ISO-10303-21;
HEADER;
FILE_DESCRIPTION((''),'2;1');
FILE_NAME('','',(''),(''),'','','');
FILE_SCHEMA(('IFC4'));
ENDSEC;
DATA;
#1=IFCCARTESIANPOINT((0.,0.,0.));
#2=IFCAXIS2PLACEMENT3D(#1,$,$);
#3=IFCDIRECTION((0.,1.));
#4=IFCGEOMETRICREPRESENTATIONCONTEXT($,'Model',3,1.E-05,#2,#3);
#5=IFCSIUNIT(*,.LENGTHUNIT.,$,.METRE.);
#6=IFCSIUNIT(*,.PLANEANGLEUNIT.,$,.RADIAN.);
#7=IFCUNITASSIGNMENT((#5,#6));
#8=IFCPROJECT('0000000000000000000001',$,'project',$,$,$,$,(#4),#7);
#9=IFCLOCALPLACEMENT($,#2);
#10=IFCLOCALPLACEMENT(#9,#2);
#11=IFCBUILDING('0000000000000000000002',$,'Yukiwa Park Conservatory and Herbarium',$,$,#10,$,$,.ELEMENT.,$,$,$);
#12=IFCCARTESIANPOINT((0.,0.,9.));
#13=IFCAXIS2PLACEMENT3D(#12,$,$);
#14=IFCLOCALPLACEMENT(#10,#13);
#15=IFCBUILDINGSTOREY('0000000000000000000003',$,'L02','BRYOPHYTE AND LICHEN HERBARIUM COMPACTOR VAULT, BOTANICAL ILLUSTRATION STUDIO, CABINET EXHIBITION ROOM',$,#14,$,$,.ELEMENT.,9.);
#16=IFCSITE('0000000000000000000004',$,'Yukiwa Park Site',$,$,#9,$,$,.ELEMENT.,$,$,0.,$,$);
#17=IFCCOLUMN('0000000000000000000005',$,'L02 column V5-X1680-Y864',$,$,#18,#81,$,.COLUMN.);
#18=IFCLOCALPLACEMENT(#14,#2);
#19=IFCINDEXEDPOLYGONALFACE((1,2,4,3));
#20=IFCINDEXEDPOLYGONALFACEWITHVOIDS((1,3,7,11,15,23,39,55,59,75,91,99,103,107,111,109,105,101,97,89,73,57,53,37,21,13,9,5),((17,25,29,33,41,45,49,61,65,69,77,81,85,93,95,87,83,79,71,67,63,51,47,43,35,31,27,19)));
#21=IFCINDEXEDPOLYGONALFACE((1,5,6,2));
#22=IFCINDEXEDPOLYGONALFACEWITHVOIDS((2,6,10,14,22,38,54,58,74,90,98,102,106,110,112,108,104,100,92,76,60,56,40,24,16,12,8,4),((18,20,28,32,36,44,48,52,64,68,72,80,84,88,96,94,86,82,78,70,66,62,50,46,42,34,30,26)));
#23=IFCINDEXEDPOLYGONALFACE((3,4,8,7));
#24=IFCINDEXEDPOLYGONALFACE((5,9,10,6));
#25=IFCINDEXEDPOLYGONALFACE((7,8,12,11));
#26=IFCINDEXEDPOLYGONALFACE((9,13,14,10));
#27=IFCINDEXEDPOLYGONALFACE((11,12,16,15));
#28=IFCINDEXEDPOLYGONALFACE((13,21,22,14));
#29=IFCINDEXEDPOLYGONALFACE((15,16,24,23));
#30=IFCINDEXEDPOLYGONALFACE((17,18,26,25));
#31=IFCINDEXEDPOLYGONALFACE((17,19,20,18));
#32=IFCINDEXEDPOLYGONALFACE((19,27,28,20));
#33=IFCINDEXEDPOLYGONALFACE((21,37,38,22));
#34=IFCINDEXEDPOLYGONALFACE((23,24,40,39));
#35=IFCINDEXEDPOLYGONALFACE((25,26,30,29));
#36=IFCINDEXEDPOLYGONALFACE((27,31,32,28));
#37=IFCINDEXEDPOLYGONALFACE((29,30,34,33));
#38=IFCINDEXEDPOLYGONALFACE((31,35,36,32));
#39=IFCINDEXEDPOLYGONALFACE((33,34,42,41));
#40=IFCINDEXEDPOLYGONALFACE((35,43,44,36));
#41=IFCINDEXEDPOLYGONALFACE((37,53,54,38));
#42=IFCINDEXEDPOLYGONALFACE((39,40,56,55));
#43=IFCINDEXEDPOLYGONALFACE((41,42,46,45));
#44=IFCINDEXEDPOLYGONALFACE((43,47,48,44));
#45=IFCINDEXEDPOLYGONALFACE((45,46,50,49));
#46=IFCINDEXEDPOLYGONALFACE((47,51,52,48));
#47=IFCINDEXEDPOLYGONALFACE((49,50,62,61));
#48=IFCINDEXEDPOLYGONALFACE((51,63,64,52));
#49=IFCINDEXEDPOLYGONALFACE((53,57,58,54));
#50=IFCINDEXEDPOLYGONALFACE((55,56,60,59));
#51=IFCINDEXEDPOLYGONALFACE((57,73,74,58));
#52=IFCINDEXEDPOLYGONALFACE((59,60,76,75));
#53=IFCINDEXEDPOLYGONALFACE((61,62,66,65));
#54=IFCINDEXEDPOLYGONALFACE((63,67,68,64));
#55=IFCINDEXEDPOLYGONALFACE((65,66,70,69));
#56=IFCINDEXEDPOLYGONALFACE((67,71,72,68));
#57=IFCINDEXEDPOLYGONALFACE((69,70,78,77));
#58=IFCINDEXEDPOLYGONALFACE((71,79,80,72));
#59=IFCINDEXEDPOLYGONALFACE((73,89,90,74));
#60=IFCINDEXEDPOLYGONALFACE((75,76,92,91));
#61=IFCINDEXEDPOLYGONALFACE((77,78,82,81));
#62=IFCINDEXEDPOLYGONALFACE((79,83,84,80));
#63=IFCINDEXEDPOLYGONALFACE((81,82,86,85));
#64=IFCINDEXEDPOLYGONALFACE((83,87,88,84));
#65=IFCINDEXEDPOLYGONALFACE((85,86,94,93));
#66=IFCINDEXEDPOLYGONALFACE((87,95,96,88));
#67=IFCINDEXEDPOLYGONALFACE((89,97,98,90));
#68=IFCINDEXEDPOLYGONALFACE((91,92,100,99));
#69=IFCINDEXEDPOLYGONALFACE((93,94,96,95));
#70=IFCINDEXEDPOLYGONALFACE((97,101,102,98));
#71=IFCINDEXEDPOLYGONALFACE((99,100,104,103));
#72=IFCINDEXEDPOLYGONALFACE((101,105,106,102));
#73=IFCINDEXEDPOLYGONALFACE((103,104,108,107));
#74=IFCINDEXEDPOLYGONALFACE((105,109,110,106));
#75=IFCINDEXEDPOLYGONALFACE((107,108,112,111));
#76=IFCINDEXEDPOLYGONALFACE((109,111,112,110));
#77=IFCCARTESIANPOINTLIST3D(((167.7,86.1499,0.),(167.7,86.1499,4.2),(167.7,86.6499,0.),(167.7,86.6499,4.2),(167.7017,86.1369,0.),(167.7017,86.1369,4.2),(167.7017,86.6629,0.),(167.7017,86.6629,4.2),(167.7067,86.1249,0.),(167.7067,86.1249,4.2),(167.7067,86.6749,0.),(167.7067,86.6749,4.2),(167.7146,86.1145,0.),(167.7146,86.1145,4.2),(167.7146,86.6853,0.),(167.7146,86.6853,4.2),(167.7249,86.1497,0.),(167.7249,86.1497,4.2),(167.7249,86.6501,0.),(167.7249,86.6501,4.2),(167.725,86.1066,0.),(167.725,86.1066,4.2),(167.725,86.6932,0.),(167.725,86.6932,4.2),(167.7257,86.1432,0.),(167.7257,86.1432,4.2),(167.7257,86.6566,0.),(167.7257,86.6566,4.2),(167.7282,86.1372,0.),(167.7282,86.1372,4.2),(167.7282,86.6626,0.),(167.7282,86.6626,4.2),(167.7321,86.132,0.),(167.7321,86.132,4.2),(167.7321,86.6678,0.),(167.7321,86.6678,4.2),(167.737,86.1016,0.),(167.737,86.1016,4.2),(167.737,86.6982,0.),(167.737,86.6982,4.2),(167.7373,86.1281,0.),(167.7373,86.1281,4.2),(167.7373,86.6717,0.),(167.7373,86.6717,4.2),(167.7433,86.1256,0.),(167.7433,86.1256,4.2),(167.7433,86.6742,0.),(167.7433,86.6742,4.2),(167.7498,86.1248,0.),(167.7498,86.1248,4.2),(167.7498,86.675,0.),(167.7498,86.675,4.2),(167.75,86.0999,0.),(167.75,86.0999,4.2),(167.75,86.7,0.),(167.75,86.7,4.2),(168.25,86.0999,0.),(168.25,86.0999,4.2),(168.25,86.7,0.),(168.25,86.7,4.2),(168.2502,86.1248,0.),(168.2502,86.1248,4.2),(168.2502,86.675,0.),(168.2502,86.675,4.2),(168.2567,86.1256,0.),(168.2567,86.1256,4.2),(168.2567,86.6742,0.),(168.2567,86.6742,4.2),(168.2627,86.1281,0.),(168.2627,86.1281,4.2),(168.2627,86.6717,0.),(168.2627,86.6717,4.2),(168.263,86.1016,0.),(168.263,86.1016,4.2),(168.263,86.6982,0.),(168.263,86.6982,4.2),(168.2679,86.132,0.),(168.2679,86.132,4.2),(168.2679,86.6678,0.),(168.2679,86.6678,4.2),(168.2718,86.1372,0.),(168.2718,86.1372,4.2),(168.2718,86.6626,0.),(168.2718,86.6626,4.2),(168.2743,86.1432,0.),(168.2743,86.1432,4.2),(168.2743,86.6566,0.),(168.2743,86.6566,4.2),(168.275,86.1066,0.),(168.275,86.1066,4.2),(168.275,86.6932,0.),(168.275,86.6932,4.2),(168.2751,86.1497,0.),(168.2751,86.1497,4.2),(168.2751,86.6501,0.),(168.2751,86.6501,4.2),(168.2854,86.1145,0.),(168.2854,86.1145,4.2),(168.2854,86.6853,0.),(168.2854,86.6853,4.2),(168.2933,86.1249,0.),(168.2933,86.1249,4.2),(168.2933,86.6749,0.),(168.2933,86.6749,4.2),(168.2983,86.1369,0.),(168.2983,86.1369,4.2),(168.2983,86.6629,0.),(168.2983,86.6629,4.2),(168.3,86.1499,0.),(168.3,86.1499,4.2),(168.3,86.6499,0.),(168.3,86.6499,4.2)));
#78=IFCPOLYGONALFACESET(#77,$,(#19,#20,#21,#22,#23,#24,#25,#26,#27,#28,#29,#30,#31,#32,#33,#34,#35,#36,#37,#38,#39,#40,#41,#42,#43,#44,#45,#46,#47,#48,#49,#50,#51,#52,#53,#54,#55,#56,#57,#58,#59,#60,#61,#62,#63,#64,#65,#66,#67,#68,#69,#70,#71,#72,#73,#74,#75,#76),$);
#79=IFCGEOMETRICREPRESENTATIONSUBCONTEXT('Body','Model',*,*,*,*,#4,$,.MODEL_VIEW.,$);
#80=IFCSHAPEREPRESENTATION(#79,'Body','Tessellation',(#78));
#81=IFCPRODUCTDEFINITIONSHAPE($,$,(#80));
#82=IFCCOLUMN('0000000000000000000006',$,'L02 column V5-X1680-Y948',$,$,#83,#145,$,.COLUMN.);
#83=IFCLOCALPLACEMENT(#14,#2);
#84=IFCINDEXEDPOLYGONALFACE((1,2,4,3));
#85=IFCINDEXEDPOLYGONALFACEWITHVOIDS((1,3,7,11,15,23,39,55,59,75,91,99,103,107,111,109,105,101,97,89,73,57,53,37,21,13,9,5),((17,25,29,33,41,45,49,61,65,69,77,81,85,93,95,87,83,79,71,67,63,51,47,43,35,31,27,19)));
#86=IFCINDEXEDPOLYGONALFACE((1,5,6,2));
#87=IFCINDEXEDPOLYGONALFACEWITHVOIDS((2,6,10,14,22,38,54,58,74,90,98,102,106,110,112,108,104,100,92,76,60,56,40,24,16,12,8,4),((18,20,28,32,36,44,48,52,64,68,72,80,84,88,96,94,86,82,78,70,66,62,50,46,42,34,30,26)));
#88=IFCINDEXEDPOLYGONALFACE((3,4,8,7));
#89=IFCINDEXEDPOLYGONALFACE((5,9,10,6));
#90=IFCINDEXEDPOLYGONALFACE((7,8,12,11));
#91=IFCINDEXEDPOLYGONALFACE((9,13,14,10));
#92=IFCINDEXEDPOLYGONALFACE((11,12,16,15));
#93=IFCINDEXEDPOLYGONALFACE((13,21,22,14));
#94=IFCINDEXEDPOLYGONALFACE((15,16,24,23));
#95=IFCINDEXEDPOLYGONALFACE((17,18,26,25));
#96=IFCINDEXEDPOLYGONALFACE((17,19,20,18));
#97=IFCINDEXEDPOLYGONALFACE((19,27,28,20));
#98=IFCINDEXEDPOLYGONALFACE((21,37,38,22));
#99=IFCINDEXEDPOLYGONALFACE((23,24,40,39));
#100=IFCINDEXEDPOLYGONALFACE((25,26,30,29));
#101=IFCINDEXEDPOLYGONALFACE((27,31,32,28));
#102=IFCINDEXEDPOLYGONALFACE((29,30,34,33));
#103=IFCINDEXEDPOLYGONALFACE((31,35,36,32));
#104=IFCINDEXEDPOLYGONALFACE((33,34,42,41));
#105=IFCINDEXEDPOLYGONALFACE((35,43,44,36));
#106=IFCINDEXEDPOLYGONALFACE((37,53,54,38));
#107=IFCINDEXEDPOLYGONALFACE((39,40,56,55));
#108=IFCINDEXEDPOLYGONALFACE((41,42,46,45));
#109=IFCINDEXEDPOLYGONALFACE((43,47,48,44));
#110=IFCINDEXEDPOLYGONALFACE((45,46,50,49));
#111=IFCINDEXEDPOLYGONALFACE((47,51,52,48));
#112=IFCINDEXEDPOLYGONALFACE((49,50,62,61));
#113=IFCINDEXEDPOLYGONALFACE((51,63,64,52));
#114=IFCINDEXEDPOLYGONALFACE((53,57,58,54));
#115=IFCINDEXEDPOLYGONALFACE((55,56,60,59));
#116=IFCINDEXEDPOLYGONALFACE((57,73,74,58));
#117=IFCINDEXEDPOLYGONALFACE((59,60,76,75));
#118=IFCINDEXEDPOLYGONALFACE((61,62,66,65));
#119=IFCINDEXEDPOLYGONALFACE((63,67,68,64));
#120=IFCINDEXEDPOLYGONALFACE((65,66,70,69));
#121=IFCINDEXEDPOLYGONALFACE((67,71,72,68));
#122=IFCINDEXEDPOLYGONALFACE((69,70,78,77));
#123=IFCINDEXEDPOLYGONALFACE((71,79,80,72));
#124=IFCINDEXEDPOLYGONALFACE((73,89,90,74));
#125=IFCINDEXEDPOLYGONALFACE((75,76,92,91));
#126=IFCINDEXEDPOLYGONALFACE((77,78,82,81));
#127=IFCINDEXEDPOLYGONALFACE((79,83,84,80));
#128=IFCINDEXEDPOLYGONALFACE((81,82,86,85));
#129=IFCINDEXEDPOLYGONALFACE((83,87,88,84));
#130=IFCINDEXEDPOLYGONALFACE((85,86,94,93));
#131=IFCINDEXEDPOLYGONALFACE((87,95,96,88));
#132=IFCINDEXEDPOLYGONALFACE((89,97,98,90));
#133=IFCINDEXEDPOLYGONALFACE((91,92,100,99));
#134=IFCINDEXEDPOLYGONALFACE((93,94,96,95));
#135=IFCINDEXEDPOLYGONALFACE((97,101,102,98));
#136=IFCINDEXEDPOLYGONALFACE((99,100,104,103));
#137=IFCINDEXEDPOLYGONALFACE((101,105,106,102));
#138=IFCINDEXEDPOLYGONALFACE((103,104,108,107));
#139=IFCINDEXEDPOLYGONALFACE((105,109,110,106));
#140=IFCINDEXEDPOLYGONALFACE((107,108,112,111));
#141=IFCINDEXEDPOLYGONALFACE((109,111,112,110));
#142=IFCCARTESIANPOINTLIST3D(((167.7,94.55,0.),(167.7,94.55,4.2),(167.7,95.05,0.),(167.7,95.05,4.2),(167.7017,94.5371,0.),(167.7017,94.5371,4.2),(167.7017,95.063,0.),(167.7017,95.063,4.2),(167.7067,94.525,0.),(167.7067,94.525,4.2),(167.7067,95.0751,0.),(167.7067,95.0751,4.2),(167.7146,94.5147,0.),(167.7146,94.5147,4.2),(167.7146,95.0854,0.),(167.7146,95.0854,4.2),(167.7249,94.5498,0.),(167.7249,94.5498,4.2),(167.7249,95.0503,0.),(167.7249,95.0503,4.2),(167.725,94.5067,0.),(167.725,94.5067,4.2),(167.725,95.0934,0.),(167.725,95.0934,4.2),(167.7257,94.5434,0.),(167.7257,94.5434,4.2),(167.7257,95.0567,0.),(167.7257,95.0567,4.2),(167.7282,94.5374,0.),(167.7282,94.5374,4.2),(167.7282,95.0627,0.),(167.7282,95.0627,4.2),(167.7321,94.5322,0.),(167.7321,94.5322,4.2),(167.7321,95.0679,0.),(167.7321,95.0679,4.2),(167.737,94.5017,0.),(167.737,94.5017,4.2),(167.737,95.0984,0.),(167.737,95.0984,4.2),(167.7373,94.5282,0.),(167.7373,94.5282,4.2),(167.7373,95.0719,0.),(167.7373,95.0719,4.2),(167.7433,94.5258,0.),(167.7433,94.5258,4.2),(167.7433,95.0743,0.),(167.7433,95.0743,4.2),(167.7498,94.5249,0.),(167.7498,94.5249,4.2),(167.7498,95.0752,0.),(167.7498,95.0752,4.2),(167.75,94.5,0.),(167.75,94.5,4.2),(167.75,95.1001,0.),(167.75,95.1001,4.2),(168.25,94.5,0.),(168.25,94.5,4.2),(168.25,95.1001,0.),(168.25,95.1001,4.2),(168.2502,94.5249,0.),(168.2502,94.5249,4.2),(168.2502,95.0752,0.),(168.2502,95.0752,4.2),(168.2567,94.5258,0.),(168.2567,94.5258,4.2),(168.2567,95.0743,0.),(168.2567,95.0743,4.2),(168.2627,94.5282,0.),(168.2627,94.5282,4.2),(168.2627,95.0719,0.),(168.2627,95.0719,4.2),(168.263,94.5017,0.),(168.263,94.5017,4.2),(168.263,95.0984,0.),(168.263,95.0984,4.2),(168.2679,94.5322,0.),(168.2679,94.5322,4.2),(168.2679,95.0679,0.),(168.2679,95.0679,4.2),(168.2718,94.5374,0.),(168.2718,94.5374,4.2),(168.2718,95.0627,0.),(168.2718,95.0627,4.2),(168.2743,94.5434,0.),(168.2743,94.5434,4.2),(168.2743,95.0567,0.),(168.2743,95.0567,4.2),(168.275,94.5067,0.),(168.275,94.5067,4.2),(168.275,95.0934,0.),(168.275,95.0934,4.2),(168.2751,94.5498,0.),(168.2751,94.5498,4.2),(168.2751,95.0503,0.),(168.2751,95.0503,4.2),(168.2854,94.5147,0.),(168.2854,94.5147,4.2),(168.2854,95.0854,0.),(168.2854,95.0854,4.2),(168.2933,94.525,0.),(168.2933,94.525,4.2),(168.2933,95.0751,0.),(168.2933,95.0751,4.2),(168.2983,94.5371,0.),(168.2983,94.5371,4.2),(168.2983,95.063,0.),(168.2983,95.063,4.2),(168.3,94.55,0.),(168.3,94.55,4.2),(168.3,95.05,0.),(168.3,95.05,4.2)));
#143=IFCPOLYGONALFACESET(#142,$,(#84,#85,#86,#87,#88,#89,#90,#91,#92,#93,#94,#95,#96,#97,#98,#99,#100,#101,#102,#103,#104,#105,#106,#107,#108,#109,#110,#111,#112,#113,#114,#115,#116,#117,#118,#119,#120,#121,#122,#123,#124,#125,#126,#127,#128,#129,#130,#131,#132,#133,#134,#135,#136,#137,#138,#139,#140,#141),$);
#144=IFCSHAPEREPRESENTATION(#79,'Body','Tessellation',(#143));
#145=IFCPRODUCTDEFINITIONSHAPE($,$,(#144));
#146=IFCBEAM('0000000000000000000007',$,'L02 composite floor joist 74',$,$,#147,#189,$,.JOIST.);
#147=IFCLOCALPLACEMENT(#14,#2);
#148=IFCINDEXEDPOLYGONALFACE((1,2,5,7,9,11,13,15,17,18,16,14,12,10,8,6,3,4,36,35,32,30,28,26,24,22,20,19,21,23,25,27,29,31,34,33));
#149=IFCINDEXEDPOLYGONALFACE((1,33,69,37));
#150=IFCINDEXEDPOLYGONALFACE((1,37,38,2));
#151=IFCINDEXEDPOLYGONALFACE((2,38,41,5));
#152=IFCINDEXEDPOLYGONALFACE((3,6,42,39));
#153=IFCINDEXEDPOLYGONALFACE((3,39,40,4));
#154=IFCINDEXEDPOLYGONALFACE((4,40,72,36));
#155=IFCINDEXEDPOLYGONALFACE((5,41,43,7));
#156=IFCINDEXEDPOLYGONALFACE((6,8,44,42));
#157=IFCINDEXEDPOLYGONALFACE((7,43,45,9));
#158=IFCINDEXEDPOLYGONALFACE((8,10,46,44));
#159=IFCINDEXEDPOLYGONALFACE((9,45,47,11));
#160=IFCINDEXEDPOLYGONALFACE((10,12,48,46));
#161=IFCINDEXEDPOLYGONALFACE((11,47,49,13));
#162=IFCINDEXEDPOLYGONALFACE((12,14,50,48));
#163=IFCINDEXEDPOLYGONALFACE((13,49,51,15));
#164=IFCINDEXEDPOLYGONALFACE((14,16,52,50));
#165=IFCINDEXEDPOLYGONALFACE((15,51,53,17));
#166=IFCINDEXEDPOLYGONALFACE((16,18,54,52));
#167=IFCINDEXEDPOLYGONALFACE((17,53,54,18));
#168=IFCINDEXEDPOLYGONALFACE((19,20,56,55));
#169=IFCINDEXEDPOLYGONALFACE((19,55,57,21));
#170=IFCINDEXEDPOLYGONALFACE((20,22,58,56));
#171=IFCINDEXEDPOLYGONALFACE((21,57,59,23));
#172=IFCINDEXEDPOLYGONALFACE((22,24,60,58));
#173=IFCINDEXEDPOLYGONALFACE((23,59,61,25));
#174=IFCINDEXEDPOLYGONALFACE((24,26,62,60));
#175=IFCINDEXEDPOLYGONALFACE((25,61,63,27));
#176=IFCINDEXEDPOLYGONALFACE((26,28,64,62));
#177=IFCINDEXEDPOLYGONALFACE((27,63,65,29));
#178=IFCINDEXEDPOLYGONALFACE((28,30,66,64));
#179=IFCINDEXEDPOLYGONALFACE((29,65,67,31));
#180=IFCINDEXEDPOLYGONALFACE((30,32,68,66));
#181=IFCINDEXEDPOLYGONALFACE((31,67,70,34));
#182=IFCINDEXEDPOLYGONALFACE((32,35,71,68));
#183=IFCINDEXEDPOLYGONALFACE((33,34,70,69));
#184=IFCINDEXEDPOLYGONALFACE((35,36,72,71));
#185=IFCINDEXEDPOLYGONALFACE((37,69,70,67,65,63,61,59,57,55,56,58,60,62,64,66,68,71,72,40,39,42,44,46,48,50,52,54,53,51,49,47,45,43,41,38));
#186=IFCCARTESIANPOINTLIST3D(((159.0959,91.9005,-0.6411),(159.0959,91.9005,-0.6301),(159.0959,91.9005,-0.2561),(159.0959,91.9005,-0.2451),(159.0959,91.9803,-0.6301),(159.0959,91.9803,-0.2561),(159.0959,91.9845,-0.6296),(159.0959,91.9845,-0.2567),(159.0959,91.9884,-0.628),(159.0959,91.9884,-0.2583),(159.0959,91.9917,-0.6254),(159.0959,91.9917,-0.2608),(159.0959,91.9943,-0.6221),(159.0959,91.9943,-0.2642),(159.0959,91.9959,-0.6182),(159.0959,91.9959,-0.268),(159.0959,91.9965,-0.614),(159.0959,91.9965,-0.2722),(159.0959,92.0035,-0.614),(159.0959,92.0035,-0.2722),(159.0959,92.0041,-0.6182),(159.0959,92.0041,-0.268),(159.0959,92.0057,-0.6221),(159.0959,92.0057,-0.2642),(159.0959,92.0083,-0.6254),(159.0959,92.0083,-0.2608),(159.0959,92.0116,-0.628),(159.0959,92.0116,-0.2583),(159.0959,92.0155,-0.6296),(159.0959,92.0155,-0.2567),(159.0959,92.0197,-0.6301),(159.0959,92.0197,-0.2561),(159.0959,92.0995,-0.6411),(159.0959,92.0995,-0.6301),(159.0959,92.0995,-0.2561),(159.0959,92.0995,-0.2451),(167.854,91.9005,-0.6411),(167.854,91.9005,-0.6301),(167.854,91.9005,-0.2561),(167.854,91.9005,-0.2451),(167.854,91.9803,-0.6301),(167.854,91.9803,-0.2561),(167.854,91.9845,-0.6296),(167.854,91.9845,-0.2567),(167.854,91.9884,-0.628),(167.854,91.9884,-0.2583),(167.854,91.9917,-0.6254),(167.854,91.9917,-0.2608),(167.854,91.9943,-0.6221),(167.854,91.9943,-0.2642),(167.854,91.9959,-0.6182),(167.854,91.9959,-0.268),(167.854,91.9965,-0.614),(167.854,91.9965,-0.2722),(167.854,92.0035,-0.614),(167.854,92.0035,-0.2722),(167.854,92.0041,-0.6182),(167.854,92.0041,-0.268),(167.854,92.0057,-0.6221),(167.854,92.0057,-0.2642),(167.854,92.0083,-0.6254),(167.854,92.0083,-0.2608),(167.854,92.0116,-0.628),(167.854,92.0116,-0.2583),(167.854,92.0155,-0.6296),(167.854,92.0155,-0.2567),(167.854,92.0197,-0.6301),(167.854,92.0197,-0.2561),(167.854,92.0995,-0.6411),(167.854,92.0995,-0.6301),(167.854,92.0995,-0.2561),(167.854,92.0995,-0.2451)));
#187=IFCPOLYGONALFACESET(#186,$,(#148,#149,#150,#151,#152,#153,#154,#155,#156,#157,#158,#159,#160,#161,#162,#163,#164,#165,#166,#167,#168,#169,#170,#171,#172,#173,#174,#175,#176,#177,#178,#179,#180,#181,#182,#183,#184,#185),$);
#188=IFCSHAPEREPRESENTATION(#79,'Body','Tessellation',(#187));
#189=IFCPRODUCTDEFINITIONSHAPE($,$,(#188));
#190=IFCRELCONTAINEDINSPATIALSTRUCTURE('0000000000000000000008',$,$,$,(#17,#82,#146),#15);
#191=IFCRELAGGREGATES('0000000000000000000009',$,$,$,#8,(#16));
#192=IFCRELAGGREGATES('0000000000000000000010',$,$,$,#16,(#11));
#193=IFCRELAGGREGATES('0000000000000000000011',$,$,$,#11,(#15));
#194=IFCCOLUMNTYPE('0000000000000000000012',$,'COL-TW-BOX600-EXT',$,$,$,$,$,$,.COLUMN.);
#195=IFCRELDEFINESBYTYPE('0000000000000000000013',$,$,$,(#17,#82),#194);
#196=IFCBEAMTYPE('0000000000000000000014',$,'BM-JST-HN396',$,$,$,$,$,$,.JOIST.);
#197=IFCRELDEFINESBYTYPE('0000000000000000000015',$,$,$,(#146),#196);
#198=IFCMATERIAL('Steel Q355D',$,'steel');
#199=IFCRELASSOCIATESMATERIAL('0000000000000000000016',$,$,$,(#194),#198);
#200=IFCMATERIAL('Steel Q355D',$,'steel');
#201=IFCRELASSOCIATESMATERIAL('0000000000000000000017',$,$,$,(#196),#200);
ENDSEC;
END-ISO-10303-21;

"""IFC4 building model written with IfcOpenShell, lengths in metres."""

from ifc_helpers import new_model, si_unit, direction, frame, origin, origin_2d, place, context, subcontext, project, spatial, hollow_rectangle, i_section, extrude, material, material_profile, profile_set, type_object, element, save


model = new_model("IFC4")

# Units and contexts
model_context = context("Model", 3, precision=1e-05, world=origin(), true_north=direction((0.0, 1.0)))
body_context = subcontext(model_context, "Body", "Model", "MODEL_VIEW")
ifc_project = project(units=[si_unit("LENGTHUNIT", "METRE"), si_unit("PLANEANGLEUNIT", "RADIAN")], contexts=[model_context])

# Site, building, storey
site_placement = place(None, origin())
site = spatial("IfcSite", under=ifc_project, at=site_placement, Name="Yukiwa Park Site", CompositionType="ELEMENT", RefElevation=0.0)
building_placement = place(site_placement, origin())
building = spatial("IfcBuilding", under=site, at=building_placement, Name="Yukiwa Park Conservatory and Herbarium", CompositionType="ELEMENT")
storey_placement = place(building_placement, frame((0.0, 0.0, 9.0)))
storey = spatial("IfcBuildingStorey", under=building, at=storey_placement, Name="L02", Description="BRYOPHYTE AND LICHEN HERBARIUM COMPACTOR VAULT, BOTANICAL ILLUSTRATION STUDIO, CABINET EXHIBITION ROOM", CompositionType="ELEMENT", Elevation=9.0)

# Columns
ifc_material_1 = material(Name="Steel Q355D", Category="steel")
ifc_material_profile_1 = material_profile(ifc_material_1, hollow_rectangle(XDim=0.6001, YDim=0.6001, WallThickness=0.0249, InnerFilletRadius=0.0249, OuterFilletRadius=0.05, at=origin_2d()), Name="BOX 600x600x25")
ifc_profile_set_1 = profile_set([ifc_material_profile_1], Name="Steel Q355D")
column_type = type_object("IfcColumnType", Name="COL-TW-BOX600-EXT", PredefinedType="COLUMN", material=ifc_profile_set_1)
for number, where, z_axis, x_axis, name in (
    (1, (168.0, 86.3999, 0.0), (0.0, 0.0, 1.0), (1.0, 0.0, 0.0), "L02 column V5-X1680-Y864"),
    (2, (168.0, 94.8, 0.0), (0.0, 0.0, 1.0), (1.0, 0.0, 0.0), "L02 column V5-X1680-Y948"),
):
    element("IfcColumn", number, at=place(storey_placement, frame(where, z_axis=z_axis, x_axis=x_axis)), inside=storey, type_object=column_type, Name=name, PredefinedType="COLUMN", context=body_context, shape_type="SweptSolid", body=[
        extrude(hollow_rectangle(XDim=0.6001, YDim=0.6001, WallThickness=0.0249, InnerFilletRadius=0.0249, OuterFilletRadius=0.05, at=origin_2d()), origin(), (0.0, 0.0, 1.0), 4.2),
    ])

# Beam
ifc_material_2 = material(Name="Steel Q355D", Category="steel")
ifc_material_profile_2 = material_profile(ifc_material_2, i_section(OverallWidth=0.199, OverallDepth=0.396, WebThickness=0.0071, FlangeThickness=0.011, FilletRadius=0.0161, at=origin_2d()), Name="HN 396x199x7x11")
ifc_profile_set_2 = profile_set([ifc_material_profile_2], Name="Steel Q355D")
beam_type_1 = type_object("IfcBeamType", Name="BM-JST-HN396", PredefinedType="JOIST", material=ifc_profile_set_2)
for number, where, z_axis, x_axis, name in (
    (3, (159.0959, 92.0, -0.4431), (1.0, 0.0, 0.0), (0.0, 1.0, 0.0), "L02 composite floor joist 74"),
):
    element("IfcBeam", number, at=place(storey_placement, frame(where, z_axis=z_axis, x_axis=x_axis)), inside=storey, type_object=beam_type_1, Name=name, PredefinedType="JOIST", context=body_context, shape_type="SweptSolid", body=[
        extrude(i_section(OverallWidth=0.199, OverallDepth=0.396, WebThickness=0.0071, FlangeThickness=0.011, FilletRadius=0.0161, at=origin_2d()), origin(), (0.0, 0.0, 1.0), 8.7581),
    ])

save(model, "model.ifc")
